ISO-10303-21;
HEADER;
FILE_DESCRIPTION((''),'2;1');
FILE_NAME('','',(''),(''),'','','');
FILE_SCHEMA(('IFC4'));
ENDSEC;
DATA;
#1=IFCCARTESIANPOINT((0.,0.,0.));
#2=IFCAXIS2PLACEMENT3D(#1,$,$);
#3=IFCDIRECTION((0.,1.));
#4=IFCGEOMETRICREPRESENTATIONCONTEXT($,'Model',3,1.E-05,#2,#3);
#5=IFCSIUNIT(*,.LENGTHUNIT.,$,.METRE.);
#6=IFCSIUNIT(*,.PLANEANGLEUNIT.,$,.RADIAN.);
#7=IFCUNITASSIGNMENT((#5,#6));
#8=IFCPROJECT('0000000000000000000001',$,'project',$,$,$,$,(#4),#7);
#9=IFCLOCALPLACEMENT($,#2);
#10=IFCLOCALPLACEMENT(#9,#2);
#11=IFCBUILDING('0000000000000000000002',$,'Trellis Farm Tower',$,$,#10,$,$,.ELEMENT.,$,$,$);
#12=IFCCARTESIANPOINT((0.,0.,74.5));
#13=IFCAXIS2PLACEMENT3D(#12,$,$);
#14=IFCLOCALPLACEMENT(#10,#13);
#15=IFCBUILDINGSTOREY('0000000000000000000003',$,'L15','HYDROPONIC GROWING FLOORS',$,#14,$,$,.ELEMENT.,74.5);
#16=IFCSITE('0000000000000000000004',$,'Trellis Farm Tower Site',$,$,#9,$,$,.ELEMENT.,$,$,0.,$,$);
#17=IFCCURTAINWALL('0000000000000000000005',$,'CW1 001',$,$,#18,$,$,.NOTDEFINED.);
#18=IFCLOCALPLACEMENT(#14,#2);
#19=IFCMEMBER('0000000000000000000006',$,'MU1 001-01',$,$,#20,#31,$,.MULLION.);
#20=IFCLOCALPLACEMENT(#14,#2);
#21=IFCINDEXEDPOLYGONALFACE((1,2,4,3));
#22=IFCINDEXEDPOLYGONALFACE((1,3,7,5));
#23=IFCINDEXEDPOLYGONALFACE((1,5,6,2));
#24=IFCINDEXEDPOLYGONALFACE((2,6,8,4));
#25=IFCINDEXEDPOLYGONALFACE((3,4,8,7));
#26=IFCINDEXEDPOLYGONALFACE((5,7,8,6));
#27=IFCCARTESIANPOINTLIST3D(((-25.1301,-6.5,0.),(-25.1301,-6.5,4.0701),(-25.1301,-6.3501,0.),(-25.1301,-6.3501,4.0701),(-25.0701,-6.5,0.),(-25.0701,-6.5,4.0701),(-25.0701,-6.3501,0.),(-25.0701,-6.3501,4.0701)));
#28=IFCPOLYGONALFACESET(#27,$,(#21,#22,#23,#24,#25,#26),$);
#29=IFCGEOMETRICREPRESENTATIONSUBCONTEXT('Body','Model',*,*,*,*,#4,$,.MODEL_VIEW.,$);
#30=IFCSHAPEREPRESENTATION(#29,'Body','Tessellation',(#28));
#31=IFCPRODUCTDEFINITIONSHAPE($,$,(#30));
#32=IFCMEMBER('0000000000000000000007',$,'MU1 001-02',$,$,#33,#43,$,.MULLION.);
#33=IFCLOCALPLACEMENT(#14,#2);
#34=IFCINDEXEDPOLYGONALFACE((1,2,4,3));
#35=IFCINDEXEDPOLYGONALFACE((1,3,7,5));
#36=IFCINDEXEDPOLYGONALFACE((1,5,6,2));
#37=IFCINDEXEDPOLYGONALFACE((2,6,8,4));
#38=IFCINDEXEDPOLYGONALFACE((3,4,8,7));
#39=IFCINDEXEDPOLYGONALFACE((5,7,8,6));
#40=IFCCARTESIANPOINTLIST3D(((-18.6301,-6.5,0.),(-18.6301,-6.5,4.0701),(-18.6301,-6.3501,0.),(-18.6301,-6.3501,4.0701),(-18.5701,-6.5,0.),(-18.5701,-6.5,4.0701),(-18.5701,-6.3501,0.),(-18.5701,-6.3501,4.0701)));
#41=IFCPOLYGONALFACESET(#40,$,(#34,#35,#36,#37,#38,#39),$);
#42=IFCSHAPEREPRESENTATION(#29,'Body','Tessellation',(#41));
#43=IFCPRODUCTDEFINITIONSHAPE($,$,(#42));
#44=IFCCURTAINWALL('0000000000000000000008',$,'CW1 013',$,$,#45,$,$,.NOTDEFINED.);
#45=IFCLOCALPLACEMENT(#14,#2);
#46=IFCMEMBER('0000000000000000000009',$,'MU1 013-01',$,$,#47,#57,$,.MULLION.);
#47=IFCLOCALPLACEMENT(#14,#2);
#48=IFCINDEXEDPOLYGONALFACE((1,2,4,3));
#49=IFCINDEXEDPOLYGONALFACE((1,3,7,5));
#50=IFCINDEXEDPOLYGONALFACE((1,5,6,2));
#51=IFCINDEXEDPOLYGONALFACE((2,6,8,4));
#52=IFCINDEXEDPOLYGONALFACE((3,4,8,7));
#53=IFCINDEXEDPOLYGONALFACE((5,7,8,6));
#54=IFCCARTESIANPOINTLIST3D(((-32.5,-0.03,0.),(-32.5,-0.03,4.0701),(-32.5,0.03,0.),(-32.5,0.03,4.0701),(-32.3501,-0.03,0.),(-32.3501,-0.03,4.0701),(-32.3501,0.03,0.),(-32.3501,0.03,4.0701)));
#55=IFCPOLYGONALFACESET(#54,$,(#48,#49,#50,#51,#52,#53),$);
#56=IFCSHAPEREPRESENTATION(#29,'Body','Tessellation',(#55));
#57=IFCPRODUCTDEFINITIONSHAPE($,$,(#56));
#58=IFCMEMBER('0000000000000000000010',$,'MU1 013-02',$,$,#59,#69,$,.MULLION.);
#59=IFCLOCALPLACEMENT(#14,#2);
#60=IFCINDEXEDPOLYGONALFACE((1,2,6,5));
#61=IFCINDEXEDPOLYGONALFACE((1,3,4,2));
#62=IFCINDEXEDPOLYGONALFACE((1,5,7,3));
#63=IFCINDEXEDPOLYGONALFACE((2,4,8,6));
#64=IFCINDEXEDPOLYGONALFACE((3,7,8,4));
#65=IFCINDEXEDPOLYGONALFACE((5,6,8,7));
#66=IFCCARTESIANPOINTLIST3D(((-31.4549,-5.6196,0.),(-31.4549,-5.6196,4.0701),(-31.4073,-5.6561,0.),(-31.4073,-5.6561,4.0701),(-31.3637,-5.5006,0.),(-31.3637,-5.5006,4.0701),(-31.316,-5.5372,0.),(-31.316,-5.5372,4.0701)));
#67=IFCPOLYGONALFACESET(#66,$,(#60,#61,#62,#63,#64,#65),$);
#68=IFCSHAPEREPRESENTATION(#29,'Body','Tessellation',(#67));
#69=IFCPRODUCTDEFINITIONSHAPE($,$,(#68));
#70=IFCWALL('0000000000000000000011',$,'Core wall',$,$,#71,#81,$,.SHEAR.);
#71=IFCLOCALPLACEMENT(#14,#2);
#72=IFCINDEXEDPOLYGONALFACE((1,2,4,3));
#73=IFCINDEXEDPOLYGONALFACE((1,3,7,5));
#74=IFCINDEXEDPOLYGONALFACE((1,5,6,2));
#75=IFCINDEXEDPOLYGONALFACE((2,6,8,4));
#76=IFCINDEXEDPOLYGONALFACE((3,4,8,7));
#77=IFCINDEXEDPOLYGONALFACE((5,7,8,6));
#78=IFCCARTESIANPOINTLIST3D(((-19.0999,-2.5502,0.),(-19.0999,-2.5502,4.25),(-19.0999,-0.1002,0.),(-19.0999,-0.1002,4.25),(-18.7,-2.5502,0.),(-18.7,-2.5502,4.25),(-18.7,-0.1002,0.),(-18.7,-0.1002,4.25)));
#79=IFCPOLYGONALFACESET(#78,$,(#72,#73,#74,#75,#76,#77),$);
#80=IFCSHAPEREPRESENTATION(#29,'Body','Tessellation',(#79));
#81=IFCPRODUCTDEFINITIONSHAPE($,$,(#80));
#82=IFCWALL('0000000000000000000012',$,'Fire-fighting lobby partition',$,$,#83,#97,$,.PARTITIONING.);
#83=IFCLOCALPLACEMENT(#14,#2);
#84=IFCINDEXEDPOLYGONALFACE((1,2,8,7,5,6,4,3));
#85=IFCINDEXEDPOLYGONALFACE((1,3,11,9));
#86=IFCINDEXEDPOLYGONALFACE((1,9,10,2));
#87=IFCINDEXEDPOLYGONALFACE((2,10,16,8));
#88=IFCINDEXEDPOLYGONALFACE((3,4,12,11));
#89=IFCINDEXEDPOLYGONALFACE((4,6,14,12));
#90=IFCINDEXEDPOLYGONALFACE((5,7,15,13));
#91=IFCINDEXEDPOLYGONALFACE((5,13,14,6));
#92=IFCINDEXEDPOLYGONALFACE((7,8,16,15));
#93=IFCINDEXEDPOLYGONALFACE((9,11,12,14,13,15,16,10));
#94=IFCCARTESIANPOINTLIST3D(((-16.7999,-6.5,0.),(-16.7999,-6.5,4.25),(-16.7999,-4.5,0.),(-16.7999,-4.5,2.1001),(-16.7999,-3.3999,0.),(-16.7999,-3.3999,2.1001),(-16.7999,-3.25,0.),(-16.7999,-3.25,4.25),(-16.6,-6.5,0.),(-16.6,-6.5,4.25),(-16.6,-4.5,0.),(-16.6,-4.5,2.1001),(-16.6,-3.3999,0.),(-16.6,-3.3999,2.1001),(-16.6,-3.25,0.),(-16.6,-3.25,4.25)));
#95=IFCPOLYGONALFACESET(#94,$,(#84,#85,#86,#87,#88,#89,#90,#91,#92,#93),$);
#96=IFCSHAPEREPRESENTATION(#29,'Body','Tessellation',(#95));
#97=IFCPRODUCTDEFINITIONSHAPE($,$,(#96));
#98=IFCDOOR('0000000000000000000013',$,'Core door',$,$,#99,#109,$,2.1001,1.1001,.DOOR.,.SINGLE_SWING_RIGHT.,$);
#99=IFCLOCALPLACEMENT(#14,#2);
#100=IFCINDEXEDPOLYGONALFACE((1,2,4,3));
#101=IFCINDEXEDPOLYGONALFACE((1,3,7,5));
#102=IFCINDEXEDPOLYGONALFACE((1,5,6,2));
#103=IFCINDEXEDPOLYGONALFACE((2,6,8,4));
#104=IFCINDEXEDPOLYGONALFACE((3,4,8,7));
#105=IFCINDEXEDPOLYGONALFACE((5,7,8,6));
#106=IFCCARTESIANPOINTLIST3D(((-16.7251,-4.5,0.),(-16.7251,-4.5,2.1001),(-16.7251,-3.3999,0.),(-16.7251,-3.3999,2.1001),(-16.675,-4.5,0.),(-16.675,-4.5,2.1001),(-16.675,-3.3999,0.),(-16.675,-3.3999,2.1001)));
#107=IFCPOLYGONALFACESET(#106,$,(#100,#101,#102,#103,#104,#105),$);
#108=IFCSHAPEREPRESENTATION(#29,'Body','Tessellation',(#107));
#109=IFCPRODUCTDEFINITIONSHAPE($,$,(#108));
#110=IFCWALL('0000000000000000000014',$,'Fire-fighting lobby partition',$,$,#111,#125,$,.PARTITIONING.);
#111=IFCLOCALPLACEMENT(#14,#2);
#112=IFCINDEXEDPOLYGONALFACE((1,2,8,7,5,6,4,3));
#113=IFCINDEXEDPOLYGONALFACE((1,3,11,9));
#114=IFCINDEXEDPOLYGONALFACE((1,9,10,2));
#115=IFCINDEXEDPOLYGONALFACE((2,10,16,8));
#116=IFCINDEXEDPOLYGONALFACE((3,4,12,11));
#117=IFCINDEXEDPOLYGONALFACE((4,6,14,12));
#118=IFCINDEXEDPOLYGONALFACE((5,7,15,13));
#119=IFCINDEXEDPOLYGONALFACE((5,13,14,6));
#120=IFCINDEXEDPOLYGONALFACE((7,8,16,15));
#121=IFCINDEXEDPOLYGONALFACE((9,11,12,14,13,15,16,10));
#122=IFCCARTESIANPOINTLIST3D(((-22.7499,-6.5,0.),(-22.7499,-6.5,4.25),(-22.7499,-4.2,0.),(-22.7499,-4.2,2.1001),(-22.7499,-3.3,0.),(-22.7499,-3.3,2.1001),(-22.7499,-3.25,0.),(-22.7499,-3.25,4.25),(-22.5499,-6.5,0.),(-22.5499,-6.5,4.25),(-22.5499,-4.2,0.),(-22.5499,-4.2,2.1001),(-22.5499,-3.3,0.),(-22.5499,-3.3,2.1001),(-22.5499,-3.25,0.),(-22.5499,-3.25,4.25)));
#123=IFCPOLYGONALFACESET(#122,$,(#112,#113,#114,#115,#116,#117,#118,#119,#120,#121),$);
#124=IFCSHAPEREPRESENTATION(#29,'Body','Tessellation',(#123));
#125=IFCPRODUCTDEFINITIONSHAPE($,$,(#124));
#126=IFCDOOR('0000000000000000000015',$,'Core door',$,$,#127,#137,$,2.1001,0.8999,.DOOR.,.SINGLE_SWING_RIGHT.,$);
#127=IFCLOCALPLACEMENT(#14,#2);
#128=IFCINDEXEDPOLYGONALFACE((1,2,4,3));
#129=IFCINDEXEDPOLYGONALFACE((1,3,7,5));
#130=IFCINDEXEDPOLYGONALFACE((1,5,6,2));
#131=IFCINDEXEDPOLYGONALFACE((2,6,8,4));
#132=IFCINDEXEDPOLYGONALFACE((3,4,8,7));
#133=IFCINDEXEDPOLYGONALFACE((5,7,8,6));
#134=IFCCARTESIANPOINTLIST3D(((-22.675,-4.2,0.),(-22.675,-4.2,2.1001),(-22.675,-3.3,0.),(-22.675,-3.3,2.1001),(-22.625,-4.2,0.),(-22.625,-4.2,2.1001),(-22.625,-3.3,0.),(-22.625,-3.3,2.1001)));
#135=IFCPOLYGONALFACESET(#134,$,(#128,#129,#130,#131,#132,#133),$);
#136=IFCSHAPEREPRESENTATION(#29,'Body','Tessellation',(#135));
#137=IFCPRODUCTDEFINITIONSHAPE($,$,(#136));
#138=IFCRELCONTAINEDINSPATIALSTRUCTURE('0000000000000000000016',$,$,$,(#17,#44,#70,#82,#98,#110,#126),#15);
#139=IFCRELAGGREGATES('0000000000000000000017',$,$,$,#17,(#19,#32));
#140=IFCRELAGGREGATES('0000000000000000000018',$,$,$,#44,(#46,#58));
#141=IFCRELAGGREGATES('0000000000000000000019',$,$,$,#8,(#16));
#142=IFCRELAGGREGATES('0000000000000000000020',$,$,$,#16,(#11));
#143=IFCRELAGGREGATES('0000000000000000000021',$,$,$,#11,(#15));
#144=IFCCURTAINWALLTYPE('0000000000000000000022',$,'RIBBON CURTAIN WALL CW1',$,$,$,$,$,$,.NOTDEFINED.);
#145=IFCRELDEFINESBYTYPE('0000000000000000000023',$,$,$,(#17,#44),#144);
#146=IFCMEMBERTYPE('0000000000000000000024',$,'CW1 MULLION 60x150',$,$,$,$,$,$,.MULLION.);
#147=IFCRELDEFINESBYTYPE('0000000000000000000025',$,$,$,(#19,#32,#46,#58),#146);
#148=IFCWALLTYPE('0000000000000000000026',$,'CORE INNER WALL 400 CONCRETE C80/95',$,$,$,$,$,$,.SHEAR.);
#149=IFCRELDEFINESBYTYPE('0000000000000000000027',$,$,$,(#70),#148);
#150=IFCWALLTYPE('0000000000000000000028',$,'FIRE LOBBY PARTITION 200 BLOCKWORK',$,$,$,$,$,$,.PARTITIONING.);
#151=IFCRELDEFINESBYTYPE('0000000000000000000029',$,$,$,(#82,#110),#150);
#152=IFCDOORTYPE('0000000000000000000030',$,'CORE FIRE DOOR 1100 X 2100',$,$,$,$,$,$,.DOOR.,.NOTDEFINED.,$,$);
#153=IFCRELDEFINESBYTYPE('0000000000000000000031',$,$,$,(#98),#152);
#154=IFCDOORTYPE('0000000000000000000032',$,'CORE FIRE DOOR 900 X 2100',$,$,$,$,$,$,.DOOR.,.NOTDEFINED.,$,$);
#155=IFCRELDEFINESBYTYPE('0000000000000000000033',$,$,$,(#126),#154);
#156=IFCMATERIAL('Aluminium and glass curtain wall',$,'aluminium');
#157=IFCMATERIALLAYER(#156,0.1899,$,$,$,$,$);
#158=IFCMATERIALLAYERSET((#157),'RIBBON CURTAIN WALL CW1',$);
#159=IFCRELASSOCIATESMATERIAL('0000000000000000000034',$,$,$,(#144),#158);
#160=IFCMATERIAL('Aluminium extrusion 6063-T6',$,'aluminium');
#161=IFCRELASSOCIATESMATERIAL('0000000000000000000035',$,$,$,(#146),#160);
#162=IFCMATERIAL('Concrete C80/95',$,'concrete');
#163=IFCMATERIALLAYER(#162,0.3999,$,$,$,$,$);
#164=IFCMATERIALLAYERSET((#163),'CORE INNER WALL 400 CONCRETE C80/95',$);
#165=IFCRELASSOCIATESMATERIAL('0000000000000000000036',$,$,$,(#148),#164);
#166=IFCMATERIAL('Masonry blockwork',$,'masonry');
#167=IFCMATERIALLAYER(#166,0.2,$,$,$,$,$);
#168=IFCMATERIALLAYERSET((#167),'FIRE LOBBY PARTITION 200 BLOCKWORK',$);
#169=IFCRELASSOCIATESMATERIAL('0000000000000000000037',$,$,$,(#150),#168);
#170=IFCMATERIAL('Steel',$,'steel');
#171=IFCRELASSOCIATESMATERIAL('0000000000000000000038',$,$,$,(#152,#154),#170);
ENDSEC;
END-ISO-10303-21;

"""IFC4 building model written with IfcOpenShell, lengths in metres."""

from ifc_helpers import new_model, si_unit, direction, frame, frame_2d, origin, origin_2d, place, context, subcontext, project, spatial, rectangle, extrude, source, transform, mapped, material, layer, layer_set, material_profile, profile_set, type_object, element, fill, aggregate, save


model = new_model("IFC4")

# Units and contexts
model_context = context("Model", 3, precision=1e-05, world=origin(), true_north=direction((0.0, 1.0)))
body_context = subcontext(model_context, "Body", "Model", "MODEL_VIEW")
ifc_project = project(units=[si_unit("LENGTHUNIT", "METRE"), si_unit("PLANEANGLEUNIT", "RADIAN")], contexts=[model_context])

# Site, building, storey
site_placement = place(None, origin())
site = spatial("IfcSite", under=ifc_project, at=site_placement, Name="Trellis Farm Tower Site", CompositionType="ELEMENT", RefElevation=0.0)
building_placement = place(site_placement, origin())
building = spatial("IfcBuilding", under=site, at=building_placement, Name="Trellis Farm Tower", CompositionType="ELEMENT")
storey_placement = place(building_placement, frame((0.0, 0.0, 74.5)))
storey = spatial("IfcBuildingStorey", under=building, at=storey_placement, Name="L15", Description="HYDROPONIC GROWING FLOORS", CompositionType="ELEMENT", Elevation=74.5)

# Shared definitions
ifc_material_1 = material(Name="Concrete C80/95", Category="concrete")

# Curtain walls, members
ifc_material_2 = material(Name="Aluminium and glass curtain wall", Category="aluminium")
ifc_layer_1 = layer(ifc_material_2, 0.1899)
ifc_layer_set_1 = layer_set([ifc_layer_1], Name="RIBBON CURTAIN WALL CW1")
curtain_wall_type = type_object("IfcCurtainWallType", Name="RIBBON CURTAIN WALL CW1", PredefinedType="NOTDEFINED", material=ifc_layer_set_1)
placement = place(storey_placement, origin())
curtain_wall_1 = element("IfcCurtainWall", 1, at=placement, inside=storey, type_object=curtain_wall_type, Name="CW1 001", PredefinedType="NOTDEFINED")
ifc_material_3 = material(Name="Aluminium extrusion 6063-T6", Category="aluminium")
ifc_material_profile_1 = material_profile(ifc_material_3, rectangle(XDim=0.0601, YDim=0.1499, at=origin_2d()), Name="MULLION 60x150")
ifc_profile_set_1 = profile_set([ifc_material_profile_1], Name="Aluminium extrusion 6063-T6")
member_type = type_object("IfcMemberType", Name="CW1 MULLION 60x150", PredefinedType="MULLION", material=ifc_profile_set_1)
shared_shape_1 = source(origin(), body_context, "Body", "SweptSolid", [
    extrude(rectangle(XDim=0.0601, YDim=0.1499, at=origin_2d()), origin(), (0.0, 0.0, 1.0), 4.0701),
])
member_1_placement = place(storey_placement, frame((-25.1001, -6.425, 0.0), z_axis=(0.0, 0.0, 1.0), x_axis=(1.0, 0.0, 0.0)))
member_1 = element("IfcMember", 2, at=member_1_placement, type_object=member_type, Name="MU1 001-01", PredefinedType="MULLION", context=body_context, shape_type="MappedRepresentation", body=[
    mapped(shared_shape_1, transform((0.0, 0.0, 0.0))),
])
member_2_placement = place(storey_placement, frame((-18.6001, -6.425, 0.0), z_axis=(0.0, 0.0, 1.0), x_axis=(1.0, 0.0, 0.0)))
member_2 = element("IfcMember", 3, at=member_2_placement, type_object=member_type, Name="MU1 001-02", PredefinedType="MULLION", context=body_context, shape_type="MappedRepresentation", body=[
    mapped(shared_shape_1, transform((0.0, 0.0, 0.0))),
])
aggregate(curtain_wall_1, [member_1, member_2])
curtain_wall_2 = element("IfcCurtainWall", 4, at=placement, inside=storey, type_object=curtain_wall_type, Name="CW1 013", PredefinedType="NOTDEFINED")
member_3_placement = place(storey_placement, frame((-32.425, 0.0, 0.0), z_axis=(0.0, 0.0, 1.0), x_axis=(0.0, -1.0, 0.0)))
member_3 = element("IfcMember", 5, at=member_3_placement, type_object=member_type, Name="MU1 013-01", PredefinedType="MULLION", context=body_context, shape_type="MappedRepresentation", body=[
    mapped(shared_shape_1, transform((0.0, 0.0, 0.0))),
])
member_4_placement = place(storey_placement, frame((-31.3855, -5.5784, 0.0), z_axis=(0.0, 0.0, 1.0), x_axis=(0.793353, -0.608761, 0.0)))
member_4 = element("IfcMember", 6, at=member_4_placement, type_object=member_type, Name="MU1 013-02", PredefinedType="MULLION", context=body_context, shape_type="MappedRepresentation", body=[
    mapped(shared_shape_1, transform((0.0, 0.0, 0.0))),
])
aggregate(curtain_wall_2, [member_3, member_4])

# Wall
ifc_layer_2 = layer(ifc_material_1, 0.3999)
ifc_layer_set_2 = layer_set([ifc_layer_2], Name="CORE INNER WALL 400 CONCRETE C80/95")
wall_type_1 = type_object("IfcWallType", Name="CORE INNER WALL 400 CONCRETE C80/95", PredefinedType="SHEAR", material=ifc_layer_set_2)
shared_shape_2 = source(origin(), body_context, "Body", "SweptSolid", [
    extrude(rectangle(XDim=2.45, YDim=0.3999, at=frame_2d((1.2251, 0.0))), origin(), (0.0, 0.0, 1.0), 4.25),
])
wall_1_placement = place(storey_placement, frame((-18.8999, -0.1001, 0.0), z_axis=(0.0, 0.0, 1.0), x_axis=(0.0, -1.0, 0.0)))
element("IfcWall", 7, at=wall_1_placement, inside=storey, type_object=wall_type_1, Name="Core wall", PredefinedType="SHEAR", context=body_context, shape_type="MappedRepresentation", body=[
    mapped(shared_shape_2, transform((0.0, 0.0, 0.0))),
])

# Walls, openings, doors
ifc_material_4 = material(Name="Masonry blockwork", Category="masonry")
ifc_layer_3 = layer(ifc_material_4, 0.2)
ifc_layer_set_3 = layer_set([ifc_layer_3], Name="FIRE LOBBY PARTITION 200 BLOCKWORK")
wall_type_2 = type_object("IfcWallType", Name="FIRE LOBBY PARTITION 200 BLOCKWORK", PredefinedType="PARTITIONING", material=ifc_layer_set_3)
shared_shape_3 = source(origin(), body_context, "Body", "SweptSolid", [
    extrude(rectangle(XDim=3.25, YDim=0.2, at=frame_2d((1.625, 0.0))), origin(), (0.0, 0.0, 1.0), 4.25),
])
wall_2_placement = place(storey_placement, frame((-16.7, -3.25, 0.0), z_axis=(0.0, 0.0, 1.0), x_axis=(0.0, -1.0, 0.0)))
wall_2 = element("IfcWall", 8, at=wall_2_placement, inside=storey, type_object=wall_type_2, Name="Fire-fighting lobby partition", PredefinedType="PARTITIONING", context=body_context, shape_type="MappedRepresentation", body=[
    mapped(shared_shape_3, transform((0.0, 0.0, 0.0))),
])
shared_shape_4 = source(origin(), body_context, "Body", "SweptSolid", [
    extrude(rectangle(XDim=1.1001, YDim=2.1001, at=frame_2d((0.55, 1.05))), frame((0.0, 0.1101, 0.0), z_axis=(0.0, -1.0, 0.0), x_axis=(1.0, 0.0, 0.0)), (0.0, 0.0, 1.0), 0.2202),
])
opening_1_placement = place(wall_2_placement, frame((0.1499, 0.0, 0.0)))
opening_1 = element("IfcOpeningElement", 9, at=opening_1_placement, cuts=wall_2, PredefinedType="OPENING", context=body_context, shape_type="MappedRepresentation", body=[
    mapped(shared_shape_4, transform((0.0, 0.0, 0.0))),
])
ifc_material_5 = material(Name="Steel", Category="steel")
door_type_1 = type_object("IfcDoorType", Name="CORE FIRE DOOR 1100 X 2100", OperationType="NOTDEFINED", PredefinedType="DOOR", material=ifc_material_5)
shared_shape_5 = source(origin(), body_context, "Body", "SweptSolid", [
    extrude(rectangle(XDim=1.1001, YDim=2.1001, at=frame_2d((0.55, 1.05))), frame((0.0, 0.0249, 0.0), z_axis=(0.0, -1.0, 0.0), x_axis=(1.0, 0.0, 0.0)), (0.0, 0.0, 1.0), 0.05),
])
door_1_placement = place(opening_1_placement, origin())
door_1 = element("IfcDoor", 10, at=door_1_placement, inside=storey, type_object=door_type_1, Name="Core door", OperationType="SINGLE_SWING_RIGHT", OverallHeight=2.1001, OverallWidth=1.1001, PredefinedType="DOOR", context=body_context, shape_type="MappedRepresentation", body=[
    mapped(shared_shape_5, transform((0.0, 0.0, 0.0))),
])
fill(opening_1, door_1)
wall_3_placement = place(storey_placement, frame((-22.6499, -3.25, 0.0), z_axis=(0.0, 0.0, 1.0), x_axis=(0.0, -1.0, 0.0)))
wall_3 = element("IfcWall", 11, at=wall_3_placement, inside=storey, type_object=wall_type_2, Name="Fire-fighting lobby partition", PredefinedType="PARTITIONING", context=body_context, shape_type="MappedRepresentation", body=[
    mapped(shared_shape_3, transform((0.0, 0.0, 0.0))),
])
shared_shape_6 = source(origin(), body_context, "Body", "SweptSolid", [
    extrude(rectangle(XDim=0.8999, YDim=2.1001, at=frame_2d((0.45, 1.05))), frame((0.0, 0.1101, 0.0), z_axis=(0.0, -1.0, 0.0), x_axis=(1.0, 0.0, 0.0)), (0.0, 0.0, 1.0), 0.2202),
])
opening_2_placement = place(wall_3_placement, frame((0.05, 0.0, 0.0)))
opening_2 = element("IfcOpeningElement", 12, at=opening_2_placement, cuts=wall_3, PredefinedType="OPENING", context=body_context, shape_type="MappedRepresentation", body=[
    mapped(shared_shape_6, transform((0.0, 0.0, 0.0))),
])
door_type_2 = type_object("IfcDoorType", Name="CORE FIRE DOOR 900 X 2100", OperationType="NOTDEFINED", PredefinedType="DOOR", material=ifc_material_5)
shared_shape_7 = source(origin(), body_context, "Body", "SweptSolid", [
    extrude(rectangle(XDim=0.8999, YDim=2.1001, at=frame_2d((0.45, 1.05))), frame((0.0, 0.0249, 0.0), z_axis=(0.0, -1.0, 0.0), x_axis=(1.0, 0.0, 0.0)), (0.0, 0.0, 1.0), 0.05),
])
door_2_placement = place(opening_2_placement, origin())
door_2 = element("IfcDoor", 13, at=door_2_placement, inside=storey, type_object=door_type_2, Name="Core door", OperationType="SINGLE_SWING_RIGHT", OverallHeight=2.1001, OverallWidth=0.8999, PredefinedType="DOOR", context=body_context, shape_type="MappedRepresentation", body=[
    mapped(shared_shape_7, transform((0.0, 0.0, 0.0))),
])
fill(opening_2, door_2)

save(model, "model.ifc")
